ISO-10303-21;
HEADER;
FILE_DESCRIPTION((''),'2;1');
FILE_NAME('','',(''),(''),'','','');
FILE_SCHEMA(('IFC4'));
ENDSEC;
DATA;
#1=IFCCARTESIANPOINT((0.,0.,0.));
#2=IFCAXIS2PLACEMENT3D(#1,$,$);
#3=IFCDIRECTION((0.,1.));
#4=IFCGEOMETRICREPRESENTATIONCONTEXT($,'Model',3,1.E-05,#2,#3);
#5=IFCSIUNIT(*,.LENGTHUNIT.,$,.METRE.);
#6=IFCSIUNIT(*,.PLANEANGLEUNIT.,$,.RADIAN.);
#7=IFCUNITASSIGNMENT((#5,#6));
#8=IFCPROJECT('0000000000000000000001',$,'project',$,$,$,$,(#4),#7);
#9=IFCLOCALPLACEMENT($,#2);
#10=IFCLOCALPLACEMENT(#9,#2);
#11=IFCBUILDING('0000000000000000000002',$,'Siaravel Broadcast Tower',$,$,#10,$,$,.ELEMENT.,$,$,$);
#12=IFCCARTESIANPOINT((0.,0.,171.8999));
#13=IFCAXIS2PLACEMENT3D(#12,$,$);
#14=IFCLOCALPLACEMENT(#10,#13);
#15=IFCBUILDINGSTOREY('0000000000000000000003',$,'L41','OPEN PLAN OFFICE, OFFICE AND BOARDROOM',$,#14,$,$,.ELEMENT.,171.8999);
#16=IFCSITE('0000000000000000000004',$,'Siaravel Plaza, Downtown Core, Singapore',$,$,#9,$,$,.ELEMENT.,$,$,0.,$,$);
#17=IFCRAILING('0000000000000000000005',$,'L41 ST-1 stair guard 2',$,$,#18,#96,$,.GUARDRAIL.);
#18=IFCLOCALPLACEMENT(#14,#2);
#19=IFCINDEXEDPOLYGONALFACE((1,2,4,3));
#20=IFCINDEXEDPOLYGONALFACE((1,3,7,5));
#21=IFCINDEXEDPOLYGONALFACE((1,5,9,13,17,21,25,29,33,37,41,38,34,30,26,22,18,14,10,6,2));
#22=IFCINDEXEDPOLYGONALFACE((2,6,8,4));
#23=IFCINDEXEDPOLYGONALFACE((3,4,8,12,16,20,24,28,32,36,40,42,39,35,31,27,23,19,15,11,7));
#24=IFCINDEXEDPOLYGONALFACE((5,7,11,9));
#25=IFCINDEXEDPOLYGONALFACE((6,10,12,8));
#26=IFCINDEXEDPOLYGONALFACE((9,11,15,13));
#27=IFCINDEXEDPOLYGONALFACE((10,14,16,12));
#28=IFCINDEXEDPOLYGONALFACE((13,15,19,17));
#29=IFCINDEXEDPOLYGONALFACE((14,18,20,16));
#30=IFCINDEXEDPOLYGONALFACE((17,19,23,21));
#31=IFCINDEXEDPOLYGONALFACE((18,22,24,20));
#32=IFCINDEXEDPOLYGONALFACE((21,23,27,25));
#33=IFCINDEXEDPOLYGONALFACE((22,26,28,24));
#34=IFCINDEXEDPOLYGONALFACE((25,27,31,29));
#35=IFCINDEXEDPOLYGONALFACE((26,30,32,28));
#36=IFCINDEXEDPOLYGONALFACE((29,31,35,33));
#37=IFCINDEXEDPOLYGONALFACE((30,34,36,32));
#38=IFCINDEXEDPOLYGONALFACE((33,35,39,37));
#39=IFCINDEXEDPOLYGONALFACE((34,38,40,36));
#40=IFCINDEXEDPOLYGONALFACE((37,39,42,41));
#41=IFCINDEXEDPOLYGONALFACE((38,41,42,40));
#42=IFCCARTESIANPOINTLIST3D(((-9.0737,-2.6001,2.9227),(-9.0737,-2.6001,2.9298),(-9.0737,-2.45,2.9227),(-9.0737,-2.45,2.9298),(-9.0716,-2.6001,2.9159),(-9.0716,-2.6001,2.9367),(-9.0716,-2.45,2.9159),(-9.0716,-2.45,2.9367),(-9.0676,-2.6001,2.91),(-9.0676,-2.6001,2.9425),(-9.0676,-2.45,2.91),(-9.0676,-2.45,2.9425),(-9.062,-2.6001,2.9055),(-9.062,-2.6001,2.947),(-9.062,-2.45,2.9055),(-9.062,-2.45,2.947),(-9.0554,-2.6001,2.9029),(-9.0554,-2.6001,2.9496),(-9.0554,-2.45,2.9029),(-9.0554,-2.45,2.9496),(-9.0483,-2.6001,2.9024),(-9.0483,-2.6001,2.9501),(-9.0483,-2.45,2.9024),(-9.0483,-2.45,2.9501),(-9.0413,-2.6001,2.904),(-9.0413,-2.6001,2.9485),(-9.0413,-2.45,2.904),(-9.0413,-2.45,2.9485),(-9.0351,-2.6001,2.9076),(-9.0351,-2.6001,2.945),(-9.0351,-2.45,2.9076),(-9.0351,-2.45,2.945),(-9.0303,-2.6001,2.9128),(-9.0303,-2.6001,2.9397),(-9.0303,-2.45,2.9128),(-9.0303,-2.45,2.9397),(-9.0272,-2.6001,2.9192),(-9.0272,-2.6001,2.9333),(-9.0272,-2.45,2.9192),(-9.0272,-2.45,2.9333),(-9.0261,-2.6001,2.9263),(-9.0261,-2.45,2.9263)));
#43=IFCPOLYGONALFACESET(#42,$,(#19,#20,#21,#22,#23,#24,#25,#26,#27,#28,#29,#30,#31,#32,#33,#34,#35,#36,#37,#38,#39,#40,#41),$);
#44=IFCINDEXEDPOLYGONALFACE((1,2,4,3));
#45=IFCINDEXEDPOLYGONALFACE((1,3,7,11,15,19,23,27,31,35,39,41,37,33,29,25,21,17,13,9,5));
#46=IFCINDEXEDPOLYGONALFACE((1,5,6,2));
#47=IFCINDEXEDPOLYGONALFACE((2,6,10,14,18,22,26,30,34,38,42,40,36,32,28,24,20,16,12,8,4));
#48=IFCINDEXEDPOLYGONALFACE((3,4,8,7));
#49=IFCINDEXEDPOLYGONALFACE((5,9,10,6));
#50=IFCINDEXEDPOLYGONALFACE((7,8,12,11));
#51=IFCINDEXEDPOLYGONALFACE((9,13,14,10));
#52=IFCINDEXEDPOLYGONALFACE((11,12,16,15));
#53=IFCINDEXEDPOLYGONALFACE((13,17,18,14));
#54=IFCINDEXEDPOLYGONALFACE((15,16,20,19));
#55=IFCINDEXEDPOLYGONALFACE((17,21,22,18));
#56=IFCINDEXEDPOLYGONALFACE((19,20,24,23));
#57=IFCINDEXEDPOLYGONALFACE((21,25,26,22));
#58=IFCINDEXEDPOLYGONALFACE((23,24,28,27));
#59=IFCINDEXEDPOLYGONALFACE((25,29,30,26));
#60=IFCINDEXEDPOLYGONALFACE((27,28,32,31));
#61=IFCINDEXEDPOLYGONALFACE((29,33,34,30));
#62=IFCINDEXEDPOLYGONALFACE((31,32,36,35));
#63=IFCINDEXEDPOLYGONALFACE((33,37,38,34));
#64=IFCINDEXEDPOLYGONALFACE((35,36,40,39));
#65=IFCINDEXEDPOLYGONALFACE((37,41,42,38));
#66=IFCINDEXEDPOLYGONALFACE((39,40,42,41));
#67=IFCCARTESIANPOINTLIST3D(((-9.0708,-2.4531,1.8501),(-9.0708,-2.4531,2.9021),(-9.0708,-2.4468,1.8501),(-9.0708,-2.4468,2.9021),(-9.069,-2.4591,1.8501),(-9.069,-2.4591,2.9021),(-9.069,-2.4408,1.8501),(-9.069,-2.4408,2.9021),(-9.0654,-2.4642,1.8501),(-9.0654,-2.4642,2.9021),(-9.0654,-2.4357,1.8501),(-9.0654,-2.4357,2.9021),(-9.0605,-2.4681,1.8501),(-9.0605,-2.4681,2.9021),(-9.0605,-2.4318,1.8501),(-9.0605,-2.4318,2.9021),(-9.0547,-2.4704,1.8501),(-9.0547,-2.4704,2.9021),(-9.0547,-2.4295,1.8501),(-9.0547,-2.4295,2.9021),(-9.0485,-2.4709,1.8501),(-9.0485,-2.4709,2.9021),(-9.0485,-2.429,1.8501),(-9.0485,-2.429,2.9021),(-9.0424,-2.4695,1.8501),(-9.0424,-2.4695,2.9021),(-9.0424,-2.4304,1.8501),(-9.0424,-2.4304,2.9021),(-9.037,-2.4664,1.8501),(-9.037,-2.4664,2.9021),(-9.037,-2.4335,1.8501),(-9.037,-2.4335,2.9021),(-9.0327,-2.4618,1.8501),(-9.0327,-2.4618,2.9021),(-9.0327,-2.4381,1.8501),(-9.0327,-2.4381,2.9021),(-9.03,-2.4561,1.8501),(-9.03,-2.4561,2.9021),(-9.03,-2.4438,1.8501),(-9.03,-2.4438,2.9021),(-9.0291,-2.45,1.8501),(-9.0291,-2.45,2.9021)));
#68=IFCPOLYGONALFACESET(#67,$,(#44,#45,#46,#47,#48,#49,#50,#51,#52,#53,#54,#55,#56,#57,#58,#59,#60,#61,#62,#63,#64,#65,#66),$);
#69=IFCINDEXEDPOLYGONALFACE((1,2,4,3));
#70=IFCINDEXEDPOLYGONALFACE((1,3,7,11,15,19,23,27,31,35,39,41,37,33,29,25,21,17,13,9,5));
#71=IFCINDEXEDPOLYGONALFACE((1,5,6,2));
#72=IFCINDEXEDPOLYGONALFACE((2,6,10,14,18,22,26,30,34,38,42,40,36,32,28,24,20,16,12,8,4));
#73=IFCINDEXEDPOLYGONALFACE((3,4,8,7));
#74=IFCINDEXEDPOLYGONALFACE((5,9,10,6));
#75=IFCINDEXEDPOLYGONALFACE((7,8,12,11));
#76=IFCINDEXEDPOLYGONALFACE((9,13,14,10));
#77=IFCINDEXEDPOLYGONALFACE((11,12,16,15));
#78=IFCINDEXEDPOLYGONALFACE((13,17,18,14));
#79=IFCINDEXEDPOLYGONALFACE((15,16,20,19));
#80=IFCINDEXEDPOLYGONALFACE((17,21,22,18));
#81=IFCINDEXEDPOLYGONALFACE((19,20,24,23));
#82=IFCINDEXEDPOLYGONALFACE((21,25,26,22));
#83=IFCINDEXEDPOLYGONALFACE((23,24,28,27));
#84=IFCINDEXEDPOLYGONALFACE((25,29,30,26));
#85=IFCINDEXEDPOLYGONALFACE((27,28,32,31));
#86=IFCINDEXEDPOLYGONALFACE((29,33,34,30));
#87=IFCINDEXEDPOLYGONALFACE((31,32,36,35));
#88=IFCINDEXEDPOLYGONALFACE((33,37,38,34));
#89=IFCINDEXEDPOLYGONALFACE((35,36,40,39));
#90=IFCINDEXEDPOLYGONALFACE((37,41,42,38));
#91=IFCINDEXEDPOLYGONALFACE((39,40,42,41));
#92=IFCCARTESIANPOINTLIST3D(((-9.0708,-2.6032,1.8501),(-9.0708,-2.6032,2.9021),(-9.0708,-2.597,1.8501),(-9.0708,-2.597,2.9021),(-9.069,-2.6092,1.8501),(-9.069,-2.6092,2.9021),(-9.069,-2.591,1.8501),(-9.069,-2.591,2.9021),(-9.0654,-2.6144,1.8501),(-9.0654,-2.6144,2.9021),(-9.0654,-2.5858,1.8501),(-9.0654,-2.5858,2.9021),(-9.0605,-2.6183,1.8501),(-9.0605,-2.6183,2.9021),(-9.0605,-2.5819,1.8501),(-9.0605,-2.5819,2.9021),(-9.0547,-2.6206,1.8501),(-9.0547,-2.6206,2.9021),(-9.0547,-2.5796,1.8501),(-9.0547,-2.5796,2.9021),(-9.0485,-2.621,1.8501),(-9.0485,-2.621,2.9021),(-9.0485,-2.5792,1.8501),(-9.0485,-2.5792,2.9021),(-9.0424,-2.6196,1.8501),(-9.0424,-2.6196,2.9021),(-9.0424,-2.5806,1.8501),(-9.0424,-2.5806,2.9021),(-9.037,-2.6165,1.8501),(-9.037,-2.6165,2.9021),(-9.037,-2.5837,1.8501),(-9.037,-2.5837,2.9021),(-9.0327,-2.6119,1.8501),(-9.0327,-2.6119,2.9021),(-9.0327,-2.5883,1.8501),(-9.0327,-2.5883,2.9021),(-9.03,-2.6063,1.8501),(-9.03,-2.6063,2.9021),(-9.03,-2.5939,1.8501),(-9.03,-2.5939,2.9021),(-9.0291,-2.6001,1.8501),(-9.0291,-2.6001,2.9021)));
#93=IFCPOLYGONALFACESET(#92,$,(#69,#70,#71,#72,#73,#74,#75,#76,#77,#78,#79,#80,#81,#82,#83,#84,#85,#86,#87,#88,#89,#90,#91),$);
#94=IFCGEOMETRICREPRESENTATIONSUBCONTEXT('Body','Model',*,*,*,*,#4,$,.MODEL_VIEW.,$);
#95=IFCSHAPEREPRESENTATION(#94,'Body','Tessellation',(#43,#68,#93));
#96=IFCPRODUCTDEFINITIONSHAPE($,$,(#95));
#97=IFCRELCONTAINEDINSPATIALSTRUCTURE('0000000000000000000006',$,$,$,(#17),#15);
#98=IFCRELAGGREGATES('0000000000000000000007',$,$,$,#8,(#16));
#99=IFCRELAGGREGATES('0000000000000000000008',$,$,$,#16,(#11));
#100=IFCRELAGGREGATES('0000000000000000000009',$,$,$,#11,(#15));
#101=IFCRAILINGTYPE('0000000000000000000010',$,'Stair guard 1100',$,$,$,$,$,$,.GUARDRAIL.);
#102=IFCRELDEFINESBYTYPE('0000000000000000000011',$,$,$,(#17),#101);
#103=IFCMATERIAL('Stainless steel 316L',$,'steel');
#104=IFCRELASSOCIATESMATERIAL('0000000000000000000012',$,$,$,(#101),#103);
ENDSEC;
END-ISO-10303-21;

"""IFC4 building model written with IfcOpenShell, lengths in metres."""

from ifc_helpers import new_model, si_unit, direction, frame, origin, origin_2d, place, context, subcontext, project, spatial, circle, extrude, material, type_object, element, save


model = new_model("IFC4")

# Units and contexts
model_context = context("Model", 3, precision=1e-05, world=origin(), true_north=direction((0.0, 1.0)))
body_context = subcontext(model_context, "Body", "Model", "MODEL_VIEW")
ifc_project = project(units=[si_unit("LENGTHUNIT", "METRE"), si_unit("PLANEANGLEUNIT", "RADIAN")], contexts=[model_context])

# Site, building, storey
site_placement = place(None, origin())
site = spatial("IfcSite", under=ifc_project, at=site_placement, Name="Siaravel Plaza, Downtown Core, Singapore", CompositionType="ELEMENT", RefElevation=0.0)
building_placement = place(site_placement, origin())
building = spatial("IfcBuilding", under=site, at=building_placement, Name="Siaravel Broadcast Tower", CompositionType="ELEMENT")
storey_placement = place(building_placement, frame((0.0, 0.0, 171.8999)))
storey = spatial("IfcBuildingStorey", under=building, at=storey_placement, Name="L41", Description="OPEN PLAN OFFICE, OFFICE AND BOARDROOM", CompositionType="ELEMENT", Elevation=171.8999)

# Shared definitions
ifc_material_1 = material(Name="Stainless steel 316L", Category="steel")

# Railing
railing_type_1 = type_object("IfcRailingType", Name="Stair guard 1100", PredefinedType="GUARDRAIL", material=ifc_material_1)
railing_1_placement = place(storey_placement, frame((-9.05, -2.45, 1.8501)))
element("IfcRailing", 1, at=railing_1_placement, inside=storey, type_object=railing_type_1, Name="L41 ST-1 stair guard 2", PredefinedType="GUARDRAIL", context=body_context, shape_type="SweptSolid", body=[
    extrude(circle(Radius=0.0239, at=origin_2d()), frame((0.0, 0.0, 1.0762), z_axis=(0.0, -1.0, 0.0), x_axis=(1.0, 0.0, 0.0)), (0.0, 0.0, 1.0), 0.1501),
    extrude(circle(Radius=0.021, at=origin_2d()), origin(), (0.0, 0.0, 1.0), 1.052),
    extrude(circle(Radius=0.021, at=origin_2d()), frame((0.0, -0.1501, 0.0)), (0.0, 0.0, 1.0), 1.052),
])

save(model, "model.ifc")
